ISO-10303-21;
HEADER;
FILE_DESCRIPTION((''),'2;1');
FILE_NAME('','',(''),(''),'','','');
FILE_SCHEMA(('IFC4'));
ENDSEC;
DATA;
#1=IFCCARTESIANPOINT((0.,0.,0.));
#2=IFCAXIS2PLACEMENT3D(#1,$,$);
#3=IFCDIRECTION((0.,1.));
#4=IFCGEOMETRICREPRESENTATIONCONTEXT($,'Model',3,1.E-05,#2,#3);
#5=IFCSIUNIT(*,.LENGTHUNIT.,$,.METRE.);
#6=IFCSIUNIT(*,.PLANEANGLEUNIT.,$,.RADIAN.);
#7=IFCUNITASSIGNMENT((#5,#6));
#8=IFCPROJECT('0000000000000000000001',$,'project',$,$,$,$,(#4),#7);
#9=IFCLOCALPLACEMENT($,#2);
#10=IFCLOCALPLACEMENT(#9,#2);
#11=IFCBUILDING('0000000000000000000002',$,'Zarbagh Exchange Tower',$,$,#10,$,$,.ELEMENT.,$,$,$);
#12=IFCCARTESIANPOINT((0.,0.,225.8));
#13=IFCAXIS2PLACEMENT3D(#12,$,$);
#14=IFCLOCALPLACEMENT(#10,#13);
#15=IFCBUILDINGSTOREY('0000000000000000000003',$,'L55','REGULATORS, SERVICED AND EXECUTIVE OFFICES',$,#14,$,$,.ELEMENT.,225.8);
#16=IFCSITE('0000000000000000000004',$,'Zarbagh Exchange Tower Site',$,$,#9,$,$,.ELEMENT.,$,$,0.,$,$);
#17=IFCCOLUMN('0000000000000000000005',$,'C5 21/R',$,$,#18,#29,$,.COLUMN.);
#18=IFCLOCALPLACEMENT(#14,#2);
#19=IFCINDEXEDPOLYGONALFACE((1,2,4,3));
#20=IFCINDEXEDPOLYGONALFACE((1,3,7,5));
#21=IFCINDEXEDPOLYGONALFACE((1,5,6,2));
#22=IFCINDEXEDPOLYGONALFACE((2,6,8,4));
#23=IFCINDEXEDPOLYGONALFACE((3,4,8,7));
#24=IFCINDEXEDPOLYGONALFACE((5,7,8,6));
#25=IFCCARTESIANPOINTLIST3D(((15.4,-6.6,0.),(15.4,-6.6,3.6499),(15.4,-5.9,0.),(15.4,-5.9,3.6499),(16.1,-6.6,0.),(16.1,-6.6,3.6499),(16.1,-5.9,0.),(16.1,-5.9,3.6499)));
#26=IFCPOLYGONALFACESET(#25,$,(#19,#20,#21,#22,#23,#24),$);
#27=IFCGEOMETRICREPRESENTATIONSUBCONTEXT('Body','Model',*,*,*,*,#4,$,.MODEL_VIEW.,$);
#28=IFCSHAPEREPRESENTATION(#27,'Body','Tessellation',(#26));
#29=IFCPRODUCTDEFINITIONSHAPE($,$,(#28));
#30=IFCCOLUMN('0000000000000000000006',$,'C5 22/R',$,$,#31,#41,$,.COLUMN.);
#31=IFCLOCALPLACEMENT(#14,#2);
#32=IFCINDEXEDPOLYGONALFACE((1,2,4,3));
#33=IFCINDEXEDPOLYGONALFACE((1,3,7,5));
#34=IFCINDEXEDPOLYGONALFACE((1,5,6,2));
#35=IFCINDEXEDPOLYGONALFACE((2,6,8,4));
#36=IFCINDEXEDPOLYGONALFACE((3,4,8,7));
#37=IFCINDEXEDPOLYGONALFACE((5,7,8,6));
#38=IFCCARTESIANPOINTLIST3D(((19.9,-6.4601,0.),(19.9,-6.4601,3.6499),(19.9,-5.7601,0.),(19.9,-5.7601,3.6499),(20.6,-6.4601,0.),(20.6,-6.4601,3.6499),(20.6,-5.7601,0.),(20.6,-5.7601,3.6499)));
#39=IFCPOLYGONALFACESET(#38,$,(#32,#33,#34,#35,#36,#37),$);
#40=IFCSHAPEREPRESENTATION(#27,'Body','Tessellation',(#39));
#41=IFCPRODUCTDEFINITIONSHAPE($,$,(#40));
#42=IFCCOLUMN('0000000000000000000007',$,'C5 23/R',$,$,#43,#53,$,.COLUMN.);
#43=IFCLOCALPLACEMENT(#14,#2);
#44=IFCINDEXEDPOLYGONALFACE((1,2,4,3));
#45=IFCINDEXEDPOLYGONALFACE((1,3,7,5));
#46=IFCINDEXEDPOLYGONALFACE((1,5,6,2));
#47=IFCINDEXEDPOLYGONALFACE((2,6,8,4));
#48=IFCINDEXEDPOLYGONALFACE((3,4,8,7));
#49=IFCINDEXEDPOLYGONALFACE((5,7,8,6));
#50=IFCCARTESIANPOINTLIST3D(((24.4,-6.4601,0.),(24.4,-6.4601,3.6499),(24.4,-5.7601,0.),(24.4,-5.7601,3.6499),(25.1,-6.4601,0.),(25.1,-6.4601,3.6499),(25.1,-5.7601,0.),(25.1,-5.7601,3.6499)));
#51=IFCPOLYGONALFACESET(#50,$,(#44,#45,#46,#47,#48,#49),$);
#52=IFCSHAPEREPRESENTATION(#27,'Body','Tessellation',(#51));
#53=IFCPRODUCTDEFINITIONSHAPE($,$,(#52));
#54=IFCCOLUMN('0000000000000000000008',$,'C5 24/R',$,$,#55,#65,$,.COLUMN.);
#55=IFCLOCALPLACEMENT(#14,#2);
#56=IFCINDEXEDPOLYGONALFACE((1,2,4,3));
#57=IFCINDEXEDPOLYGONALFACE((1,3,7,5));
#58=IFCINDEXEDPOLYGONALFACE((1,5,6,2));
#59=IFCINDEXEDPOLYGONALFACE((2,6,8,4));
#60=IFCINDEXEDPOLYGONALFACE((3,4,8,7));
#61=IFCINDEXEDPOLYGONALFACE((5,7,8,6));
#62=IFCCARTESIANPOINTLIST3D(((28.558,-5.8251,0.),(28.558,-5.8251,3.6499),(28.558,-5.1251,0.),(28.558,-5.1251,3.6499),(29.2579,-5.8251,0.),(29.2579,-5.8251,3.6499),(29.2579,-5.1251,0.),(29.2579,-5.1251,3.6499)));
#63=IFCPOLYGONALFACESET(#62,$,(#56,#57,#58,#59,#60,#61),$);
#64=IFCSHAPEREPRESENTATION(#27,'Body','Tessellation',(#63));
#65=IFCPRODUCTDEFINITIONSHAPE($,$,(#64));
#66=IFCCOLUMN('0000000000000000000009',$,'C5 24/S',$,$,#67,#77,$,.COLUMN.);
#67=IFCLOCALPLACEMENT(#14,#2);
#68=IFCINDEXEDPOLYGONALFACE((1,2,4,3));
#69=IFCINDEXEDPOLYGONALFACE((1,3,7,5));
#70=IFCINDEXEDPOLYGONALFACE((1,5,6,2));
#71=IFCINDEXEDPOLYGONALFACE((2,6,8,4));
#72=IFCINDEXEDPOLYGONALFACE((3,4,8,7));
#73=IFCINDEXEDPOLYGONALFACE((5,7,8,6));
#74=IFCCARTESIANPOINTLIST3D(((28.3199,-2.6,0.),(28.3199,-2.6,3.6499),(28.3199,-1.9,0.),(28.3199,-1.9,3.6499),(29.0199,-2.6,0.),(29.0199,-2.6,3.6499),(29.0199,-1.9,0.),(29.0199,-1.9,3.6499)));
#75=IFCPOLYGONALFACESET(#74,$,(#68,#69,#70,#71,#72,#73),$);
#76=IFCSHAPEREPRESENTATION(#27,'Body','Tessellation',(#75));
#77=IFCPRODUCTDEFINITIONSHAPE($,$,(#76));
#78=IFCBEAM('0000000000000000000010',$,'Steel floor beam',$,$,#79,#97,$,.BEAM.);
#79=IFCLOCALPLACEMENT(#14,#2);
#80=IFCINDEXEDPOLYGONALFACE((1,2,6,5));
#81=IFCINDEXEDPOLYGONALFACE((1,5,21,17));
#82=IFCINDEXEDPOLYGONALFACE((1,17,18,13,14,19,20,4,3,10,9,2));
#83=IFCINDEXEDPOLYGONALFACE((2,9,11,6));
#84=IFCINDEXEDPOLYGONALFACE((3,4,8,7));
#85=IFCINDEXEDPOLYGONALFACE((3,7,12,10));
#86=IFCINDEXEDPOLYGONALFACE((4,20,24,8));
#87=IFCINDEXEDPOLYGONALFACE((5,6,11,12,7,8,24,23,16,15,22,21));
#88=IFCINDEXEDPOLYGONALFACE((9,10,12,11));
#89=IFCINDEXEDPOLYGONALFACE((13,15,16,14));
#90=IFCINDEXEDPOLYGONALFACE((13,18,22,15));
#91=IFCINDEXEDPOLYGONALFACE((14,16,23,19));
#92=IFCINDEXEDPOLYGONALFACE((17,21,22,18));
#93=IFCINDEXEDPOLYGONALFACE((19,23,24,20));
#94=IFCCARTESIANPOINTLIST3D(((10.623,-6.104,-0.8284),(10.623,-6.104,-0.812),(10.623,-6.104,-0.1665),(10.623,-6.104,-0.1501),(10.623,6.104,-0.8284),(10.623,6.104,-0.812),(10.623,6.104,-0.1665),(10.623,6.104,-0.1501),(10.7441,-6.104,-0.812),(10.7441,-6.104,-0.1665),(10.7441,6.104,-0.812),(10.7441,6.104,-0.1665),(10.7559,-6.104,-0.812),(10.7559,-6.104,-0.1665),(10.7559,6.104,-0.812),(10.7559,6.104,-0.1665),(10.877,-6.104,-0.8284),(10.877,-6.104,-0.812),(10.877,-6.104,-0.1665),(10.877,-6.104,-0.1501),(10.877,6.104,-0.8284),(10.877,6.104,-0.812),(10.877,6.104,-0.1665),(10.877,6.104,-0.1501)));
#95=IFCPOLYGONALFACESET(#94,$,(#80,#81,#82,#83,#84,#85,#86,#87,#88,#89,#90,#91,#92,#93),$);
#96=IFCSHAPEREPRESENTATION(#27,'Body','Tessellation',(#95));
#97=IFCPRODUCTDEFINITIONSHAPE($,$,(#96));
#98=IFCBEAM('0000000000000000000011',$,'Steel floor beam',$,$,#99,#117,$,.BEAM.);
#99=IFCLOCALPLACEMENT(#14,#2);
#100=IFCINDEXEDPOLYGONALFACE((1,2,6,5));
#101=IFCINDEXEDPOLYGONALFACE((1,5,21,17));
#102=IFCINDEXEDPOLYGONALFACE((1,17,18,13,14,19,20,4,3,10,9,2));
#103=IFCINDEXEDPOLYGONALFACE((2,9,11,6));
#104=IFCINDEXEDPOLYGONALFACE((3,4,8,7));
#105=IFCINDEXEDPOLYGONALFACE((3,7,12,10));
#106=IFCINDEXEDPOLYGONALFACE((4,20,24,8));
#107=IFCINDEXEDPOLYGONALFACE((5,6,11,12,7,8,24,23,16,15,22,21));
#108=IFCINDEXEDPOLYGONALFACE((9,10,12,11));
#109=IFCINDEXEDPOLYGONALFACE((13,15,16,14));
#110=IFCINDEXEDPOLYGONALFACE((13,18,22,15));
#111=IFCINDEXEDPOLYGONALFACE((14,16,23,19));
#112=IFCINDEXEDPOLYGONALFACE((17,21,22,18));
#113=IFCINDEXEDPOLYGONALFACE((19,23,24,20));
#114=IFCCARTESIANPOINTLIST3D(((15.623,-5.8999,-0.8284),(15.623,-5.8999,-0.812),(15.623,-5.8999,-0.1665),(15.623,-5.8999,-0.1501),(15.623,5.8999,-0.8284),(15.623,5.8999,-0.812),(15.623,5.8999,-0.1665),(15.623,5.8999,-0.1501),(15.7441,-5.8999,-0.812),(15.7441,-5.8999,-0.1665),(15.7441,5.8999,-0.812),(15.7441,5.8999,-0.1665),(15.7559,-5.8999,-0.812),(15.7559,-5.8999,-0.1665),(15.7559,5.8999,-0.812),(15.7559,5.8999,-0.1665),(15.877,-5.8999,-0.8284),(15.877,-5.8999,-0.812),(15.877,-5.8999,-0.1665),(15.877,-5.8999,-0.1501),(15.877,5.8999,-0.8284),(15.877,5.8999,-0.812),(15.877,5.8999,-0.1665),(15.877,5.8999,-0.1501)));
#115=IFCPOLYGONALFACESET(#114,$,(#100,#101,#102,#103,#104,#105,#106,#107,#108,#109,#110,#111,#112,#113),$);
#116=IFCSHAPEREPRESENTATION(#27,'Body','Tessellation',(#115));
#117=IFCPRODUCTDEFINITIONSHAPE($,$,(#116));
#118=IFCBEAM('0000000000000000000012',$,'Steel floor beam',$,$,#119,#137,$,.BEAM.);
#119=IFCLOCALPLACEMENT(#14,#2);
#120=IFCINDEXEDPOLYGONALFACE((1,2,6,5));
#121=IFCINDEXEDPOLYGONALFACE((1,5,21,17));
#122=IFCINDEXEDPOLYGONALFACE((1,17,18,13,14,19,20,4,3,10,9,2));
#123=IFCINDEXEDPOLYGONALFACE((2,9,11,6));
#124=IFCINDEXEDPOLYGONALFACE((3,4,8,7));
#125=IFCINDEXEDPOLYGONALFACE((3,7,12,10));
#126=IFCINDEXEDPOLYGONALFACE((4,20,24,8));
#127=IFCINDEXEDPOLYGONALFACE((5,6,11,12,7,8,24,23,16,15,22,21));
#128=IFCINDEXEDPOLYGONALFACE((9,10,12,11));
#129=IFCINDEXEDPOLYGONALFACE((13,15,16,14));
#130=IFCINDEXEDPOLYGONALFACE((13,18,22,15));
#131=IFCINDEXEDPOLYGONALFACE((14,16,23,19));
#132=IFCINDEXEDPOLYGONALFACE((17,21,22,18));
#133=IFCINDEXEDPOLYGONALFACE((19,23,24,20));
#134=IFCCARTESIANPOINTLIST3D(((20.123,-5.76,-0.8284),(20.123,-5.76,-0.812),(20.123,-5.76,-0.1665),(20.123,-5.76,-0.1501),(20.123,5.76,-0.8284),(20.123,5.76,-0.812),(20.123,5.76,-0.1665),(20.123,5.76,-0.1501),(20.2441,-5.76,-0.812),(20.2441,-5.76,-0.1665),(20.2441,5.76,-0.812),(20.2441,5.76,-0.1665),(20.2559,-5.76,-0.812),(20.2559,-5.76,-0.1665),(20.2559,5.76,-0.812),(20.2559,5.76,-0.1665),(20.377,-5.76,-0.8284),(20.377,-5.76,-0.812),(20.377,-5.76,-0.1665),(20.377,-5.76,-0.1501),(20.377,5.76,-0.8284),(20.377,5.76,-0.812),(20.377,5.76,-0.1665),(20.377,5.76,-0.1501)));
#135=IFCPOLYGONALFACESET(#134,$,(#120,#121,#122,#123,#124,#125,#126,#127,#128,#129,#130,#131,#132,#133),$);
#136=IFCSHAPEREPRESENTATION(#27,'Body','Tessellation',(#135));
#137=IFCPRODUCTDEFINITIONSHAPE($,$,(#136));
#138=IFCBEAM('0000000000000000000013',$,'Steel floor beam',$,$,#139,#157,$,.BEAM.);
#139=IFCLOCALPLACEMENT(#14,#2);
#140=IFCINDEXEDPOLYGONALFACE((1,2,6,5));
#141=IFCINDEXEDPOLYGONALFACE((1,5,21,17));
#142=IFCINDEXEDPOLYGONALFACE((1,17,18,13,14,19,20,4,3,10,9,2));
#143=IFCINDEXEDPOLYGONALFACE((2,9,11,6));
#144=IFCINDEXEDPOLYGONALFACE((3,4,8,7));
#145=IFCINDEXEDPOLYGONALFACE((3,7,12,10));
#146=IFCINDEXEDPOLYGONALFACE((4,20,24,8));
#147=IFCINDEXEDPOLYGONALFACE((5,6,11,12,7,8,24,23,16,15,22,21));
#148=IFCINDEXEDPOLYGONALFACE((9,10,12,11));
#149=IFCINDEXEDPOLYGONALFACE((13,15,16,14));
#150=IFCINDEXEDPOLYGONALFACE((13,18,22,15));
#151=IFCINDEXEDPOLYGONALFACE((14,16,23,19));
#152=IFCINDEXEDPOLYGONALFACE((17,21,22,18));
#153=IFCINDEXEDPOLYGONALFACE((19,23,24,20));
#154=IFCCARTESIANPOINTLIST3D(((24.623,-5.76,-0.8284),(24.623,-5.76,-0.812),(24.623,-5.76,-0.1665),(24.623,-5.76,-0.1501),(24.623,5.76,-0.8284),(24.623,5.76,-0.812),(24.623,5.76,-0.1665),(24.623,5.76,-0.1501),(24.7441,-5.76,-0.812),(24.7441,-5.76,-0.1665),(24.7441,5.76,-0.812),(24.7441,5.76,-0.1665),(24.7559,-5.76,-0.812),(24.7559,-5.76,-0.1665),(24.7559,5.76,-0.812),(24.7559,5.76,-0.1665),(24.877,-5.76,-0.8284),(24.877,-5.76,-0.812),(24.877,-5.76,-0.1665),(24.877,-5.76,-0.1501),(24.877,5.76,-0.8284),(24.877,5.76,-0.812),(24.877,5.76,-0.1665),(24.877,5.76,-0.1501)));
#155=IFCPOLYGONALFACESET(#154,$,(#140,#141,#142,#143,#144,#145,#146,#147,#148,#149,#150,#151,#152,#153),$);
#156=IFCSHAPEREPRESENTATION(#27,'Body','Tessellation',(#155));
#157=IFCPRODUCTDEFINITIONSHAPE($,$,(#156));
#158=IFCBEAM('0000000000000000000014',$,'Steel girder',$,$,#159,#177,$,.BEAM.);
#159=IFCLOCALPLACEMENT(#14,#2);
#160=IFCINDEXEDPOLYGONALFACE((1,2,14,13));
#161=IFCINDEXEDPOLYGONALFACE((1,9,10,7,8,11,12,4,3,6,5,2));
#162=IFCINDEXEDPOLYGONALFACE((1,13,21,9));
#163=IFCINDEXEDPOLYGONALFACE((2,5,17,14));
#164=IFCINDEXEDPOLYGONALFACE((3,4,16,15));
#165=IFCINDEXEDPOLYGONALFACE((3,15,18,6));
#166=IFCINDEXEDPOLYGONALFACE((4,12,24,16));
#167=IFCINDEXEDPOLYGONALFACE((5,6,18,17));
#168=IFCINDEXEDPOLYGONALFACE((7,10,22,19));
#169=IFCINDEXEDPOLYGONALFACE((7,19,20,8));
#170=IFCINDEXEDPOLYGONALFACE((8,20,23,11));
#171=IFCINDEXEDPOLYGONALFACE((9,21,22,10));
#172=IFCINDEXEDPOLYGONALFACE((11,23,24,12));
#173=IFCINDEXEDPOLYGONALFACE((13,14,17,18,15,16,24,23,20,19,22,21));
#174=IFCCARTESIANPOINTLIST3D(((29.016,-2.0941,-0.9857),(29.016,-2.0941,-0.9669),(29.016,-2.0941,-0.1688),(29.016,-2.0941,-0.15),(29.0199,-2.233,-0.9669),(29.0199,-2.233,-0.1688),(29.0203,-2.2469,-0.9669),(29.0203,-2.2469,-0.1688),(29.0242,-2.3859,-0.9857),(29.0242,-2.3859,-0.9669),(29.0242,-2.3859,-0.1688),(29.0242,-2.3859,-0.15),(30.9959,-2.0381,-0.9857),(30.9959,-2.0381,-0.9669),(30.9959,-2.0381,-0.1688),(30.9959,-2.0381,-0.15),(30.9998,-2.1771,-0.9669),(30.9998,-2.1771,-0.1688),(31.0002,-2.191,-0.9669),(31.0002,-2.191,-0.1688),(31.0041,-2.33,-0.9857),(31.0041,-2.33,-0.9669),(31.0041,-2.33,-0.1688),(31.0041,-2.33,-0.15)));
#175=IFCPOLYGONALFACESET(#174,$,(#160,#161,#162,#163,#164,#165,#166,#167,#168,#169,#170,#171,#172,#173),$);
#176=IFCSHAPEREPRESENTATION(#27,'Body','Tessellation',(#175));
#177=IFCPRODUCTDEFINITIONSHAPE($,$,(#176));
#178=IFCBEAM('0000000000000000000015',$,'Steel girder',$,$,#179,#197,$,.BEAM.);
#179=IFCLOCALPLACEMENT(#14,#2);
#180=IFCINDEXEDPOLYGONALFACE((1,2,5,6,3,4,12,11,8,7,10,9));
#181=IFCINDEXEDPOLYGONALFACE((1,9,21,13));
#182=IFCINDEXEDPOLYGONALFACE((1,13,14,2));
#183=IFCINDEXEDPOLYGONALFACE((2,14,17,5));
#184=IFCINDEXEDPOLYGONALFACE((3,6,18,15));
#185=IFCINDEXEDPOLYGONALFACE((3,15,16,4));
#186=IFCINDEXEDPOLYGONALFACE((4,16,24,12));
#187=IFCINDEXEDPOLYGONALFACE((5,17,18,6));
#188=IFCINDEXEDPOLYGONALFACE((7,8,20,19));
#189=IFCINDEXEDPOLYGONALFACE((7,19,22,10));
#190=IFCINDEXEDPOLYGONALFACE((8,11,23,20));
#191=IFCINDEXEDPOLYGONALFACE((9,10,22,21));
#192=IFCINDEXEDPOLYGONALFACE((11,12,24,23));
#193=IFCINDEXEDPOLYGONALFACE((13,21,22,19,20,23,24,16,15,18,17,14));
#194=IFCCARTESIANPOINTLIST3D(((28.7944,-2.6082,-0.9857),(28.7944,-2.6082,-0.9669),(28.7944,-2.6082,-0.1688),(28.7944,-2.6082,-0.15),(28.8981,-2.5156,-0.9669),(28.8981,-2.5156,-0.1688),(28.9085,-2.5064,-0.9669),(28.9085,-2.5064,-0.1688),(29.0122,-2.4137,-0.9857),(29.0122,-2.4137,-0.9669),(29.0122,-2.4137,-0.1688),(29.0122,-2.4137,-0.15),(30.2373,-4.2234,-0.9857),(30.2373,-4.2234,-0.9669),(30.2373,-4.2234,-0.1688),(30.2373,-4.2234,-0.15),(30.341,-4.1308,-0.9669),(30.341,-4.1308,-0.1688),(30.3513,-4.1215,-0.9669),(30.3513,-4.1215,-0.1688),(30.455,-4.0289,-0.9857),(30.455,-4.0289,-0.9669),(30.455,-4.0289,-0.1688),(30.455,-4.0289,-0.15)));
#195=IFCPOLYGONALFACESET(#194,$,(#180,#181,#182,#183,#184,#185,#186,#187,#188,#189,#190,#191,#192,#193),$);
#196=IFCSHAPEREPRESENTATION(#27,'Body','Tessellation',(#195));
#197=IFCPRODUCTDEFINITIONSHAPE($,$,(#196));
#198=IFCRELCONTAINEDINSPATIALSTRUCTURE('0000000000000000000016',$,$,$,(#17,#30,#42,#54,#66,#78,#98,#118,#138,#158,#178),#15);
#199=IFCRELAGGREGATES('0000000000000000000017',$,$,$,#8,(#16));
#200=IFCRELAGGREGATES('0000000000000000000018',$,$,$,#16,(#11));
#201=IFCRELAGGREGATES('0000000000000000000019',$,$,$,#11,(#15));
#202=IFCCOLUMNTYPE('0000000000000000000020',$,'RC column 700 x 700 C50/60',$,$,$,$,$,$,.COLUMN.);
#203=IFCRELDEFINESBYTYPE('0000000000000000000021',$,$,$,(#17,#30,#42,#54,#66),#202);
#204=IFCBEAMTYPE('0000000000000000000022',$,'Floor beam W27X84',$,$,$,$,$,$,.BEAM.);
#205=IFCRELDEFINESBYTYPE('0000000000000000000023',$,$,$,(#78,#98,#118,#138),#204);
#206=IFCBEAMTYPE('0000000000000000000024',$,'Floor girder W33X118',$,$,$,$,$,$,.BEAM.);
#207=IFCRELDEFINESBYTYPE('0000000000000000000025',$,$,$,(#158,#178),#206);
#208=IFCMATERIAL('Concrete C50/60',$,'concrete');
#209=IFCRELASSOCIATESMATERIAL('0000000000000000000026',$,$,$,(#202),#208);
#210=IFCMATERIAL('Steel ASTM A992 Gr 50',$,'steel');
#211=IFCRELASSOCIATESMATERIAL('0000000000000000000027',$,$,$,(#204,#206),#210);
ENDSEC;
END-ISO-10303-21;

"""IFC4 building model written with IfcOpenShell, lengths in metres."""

from ifc_helpers import new_model, si_unit, direction, frame, origin, origin_2d, place, context, subcontext, project, spatial, rectangle, i_section, extrude, material, material_profile, profile_set, type_object, element, save


model = new_model("IFC4")

# Units and contexts
model_context = context("Model", 3, precision=1e-05, world=origin(), true_north=direction((0.0, 1.0)))
body_context = subcontext(model_context, "Body", "Model", "MODEL_VIEW")
ifc_project = project(units=[si_unit("LENGTHUNIT", "METRE"), si_unit("PLANEANGLEUNIT", "RADIAN")], contexts=[model_context])

# Site, building, storey
site_placement = place(None, origin())
site = spatial("IfcSite", under=ifc_project, at=site_placement, Name="Zarbagh Exchange Tower Site", CompositionType="ELEMENT", RefElevation=0.0)
building_placement = place(site_placement, origin())
building = spatial("IfcBuilding", under=site, at=building_placement, Name="Zarbagh Exchange Tower", CompositionType="ELEMENT")
storey_placement = place(building_placement, frame((0.0, 0.0, 225.8)))
storey = spatial("IfcBuildingStorey", under=building, at=storey_placement, Name="L55", Description="REGULATORS, SERVICED AND EXECUTIVE OFFICES", CompositionType="ELEMENT", Elevation=225.8)

# Columns
ifc_material_1 = material(Name="Concrete C50/60", Category="concrete")
ifc_material_profile_1 = material_profile(ifc_material_1, rectangle(XDim=0.7, YDim=0.7, at=origin_2d()), Name="RC column 700 x 700 C50/60")
ifc_profile_set_1 = profile_set([ifc_material_profile_1], Name="Concrete C50/60")
column_type = type_object("IfcColumnType", Name="RC column 700 x 700 C50/60", PredefinedType="COLUMN", material=ifc_profile_set_1)
for number, where, z_axis, x_axis, name in (
    (1, (15.75, -6.25, 0.0), (0.0, 0.0, 1.0), (1.0, 0.0, 0.0), "C5 21/R"),
    (2, (20.25, -6.1101, 0.0), (0.0, 0.0, 1.0), (1.0, 0.0, 0.0), "C5 22/R"),
    (3, (24.75, -6.1101, 0.0), (0.0, 0.0, 1.0), (1.0, 0.0, 0.0), "C5 23/R"),
    (4, (28.908, -5.4751, 0.0), (0.0, 0.0, 1.0), (1.0, 0.0, 0.0), "C5 24/R"),
    (5, (28.6699, -2.25, 0.0), (0.0, 0.0, 1.0), (1.0, 0.0, 0.0), "C5 24/S"),
):
    element("IfcColumn", number, at=place(storey_placement, frame(where, z_axis=z_axis, x_axis=x_axis)), inside=storey, type_object=column_type, Name=name, PredefinedType="COLUMN", context=body_context, shape_type="SweptSolid", body=[
        extrude(rectangle(XDim=0.7, YDim=0.7, at=origin_2d()), origin(), (0.0, 0.0, 1.0), 3.6499),
    ])

# Beams
ifc_material_2 = material(Name="Steel ASTM A992 Gr 50", Category="steel")
ifc_material_profile_2 = material_profile(ifc_material_2, i_section(OverallWidth=0.2539, OverallDepth=0.6782, WebThickness=0.0117, FlangeThickness=0.0164, at=origin_2d()), Name="W27X84")
ifc_profile_set_2 = profile_set([ifc_material_profile_2], Name="Steel ASTM A992 Gr 50")
beam_type_1 = type_object("IfcBeamType", Name="Floor beam W27X84", PredefinedType="BEAM", material=ifc_profile_set_2)
beam_1_placement = place(storey_placement, frame((10.75, -6.104, -0.4893), z_axis=(0.0, 1.0, 0.0), x_axis=(-1.0, 0.0, 0.0)))
element("IfcBeam", 6, at=beam_1_placement, inside=storey, type_object=beam_type_1, Name="Steel floor beam", PredefinedType="BEAM", context=body_context, shape_type="SweptSolid", body=[
    extrude(i_section(OverallWidth=0.2539, OverallDepth=0.6782, WebThickness=0.0117, FlangeThickness=0.0164, at=origin_2d()), origin(), (0.0, 0.0, 1.0), 12.208),
])
beam_2_placement = place(storey_placement, frame((15.75, -5.8999, -0.4893), z_axis=(0.0, 1.0, 0.0), x_axis=(-1.0, 0.0, 0.0)))
element("IfcBeam", 7, at=beam_2_placement, inside=storey, type_object=beam_type_1, Name="Steel floor beam", PredefinedType="BEAM", context=body_context, shape_type="SweptSolid", body=[
    extrude(i_section(OverallWidth=0.2539, OverallDepth=0.6782, WebThickness=0.0117, FlangeThickness=0.0164, at=origin_2d()), origin(), (0.0, 0.0, 1.0), 11.7998),
])
for number, where, z_axis, x_axis, name in (
    (8, (20.25, -5.76, -0.4893), (0.0, 1.0, 0.0), (-1.0, 0.0, 0.0), "Steel floor beam"),
    (9, (24.75, -5.76, -0.4893), (0.0, 1.0, 0.0), (-1.0, 0.0, 0.0), "Steel floor beam"),
):
    element("IfcBeam", number, at=place(storey_placement, frame(where, z_axis=z_axis, x_axis=x_axis)), inside=storey, type_object=beam_type_1, Name=name, PredefinedType="BEAM", context=body_context, shape_type="SweptSolid", body=[
        extrude(i_section(OverallWidth=0.2539, OverallDepth=0.6782, WebThickness=0.0117, FlangeThickness=0.0164, at=origin_2d()), origin(), (0.0, 0.0, 1.0), 11.52),
    ])
ifc_material_profile_3 = material_profile(ifc_material_2, i_section(OverallWidth=0.292, OverallDepth=0.8357, WebThickness=0.0139, FlangeThickness=0.0188, at=origin_2d()), Name="W33X118")
ifc_profile_set_3 = profile_set([ifc_material_profile_3], Name="Steel ASTM A992 Gr 50")
beam_type_2 = type_object("IfcBeamType", Name="Floor girder W33X118", PredefinedType="BEAM", material=ifc_profile_set_3)
beam_3_placement = place(storey_placement, frame((31.0, -2.1841, -0.5679), z_axis=(-0.999602, -0.028225, 0.0), x_axis=(0.028225, -0.999602, 0.0)))
element("IfcBeam", 10, at=beam_3_placement, inside=storey, type_object=beam_type_2, Name="Steel girder", PredefinedType="BEAM", context=body_context, shape_type="SweptSolid", body=[
    extrude(i_section(OverallWidth=0.292, OverallDepth=0.8357, WebThickness=0.0139, FlangeThickness=0.0188, at=origin_2d()), origin(), (0.0, 0.0, 1.0), 1.9807),
])
beam_4_placement = place(storey_placement, frame((28.9033, -2.511, -0.5679), z_axis=(0.666195, -0.745778, 0.0), x_axis=(0.745778, 0.666195, 0.0)))
element("IfcBeam", 11, at=beam_4_placement, inside=storey, type_object=beam_type_2, Name="Steel girder", PredefinedType="BEAM", context=body_context, shape_type="SweptSolid", body=[
    extrude(i_section(OverallWidth=0.292, OverallDepth=0.8357, WebThickness=0.0139, FlangeThickness=0.0188, at=origin_2d()), origin(), (0.0, 0.0, 1.0), 2.1658),
])

save(model, "model.ifc")
